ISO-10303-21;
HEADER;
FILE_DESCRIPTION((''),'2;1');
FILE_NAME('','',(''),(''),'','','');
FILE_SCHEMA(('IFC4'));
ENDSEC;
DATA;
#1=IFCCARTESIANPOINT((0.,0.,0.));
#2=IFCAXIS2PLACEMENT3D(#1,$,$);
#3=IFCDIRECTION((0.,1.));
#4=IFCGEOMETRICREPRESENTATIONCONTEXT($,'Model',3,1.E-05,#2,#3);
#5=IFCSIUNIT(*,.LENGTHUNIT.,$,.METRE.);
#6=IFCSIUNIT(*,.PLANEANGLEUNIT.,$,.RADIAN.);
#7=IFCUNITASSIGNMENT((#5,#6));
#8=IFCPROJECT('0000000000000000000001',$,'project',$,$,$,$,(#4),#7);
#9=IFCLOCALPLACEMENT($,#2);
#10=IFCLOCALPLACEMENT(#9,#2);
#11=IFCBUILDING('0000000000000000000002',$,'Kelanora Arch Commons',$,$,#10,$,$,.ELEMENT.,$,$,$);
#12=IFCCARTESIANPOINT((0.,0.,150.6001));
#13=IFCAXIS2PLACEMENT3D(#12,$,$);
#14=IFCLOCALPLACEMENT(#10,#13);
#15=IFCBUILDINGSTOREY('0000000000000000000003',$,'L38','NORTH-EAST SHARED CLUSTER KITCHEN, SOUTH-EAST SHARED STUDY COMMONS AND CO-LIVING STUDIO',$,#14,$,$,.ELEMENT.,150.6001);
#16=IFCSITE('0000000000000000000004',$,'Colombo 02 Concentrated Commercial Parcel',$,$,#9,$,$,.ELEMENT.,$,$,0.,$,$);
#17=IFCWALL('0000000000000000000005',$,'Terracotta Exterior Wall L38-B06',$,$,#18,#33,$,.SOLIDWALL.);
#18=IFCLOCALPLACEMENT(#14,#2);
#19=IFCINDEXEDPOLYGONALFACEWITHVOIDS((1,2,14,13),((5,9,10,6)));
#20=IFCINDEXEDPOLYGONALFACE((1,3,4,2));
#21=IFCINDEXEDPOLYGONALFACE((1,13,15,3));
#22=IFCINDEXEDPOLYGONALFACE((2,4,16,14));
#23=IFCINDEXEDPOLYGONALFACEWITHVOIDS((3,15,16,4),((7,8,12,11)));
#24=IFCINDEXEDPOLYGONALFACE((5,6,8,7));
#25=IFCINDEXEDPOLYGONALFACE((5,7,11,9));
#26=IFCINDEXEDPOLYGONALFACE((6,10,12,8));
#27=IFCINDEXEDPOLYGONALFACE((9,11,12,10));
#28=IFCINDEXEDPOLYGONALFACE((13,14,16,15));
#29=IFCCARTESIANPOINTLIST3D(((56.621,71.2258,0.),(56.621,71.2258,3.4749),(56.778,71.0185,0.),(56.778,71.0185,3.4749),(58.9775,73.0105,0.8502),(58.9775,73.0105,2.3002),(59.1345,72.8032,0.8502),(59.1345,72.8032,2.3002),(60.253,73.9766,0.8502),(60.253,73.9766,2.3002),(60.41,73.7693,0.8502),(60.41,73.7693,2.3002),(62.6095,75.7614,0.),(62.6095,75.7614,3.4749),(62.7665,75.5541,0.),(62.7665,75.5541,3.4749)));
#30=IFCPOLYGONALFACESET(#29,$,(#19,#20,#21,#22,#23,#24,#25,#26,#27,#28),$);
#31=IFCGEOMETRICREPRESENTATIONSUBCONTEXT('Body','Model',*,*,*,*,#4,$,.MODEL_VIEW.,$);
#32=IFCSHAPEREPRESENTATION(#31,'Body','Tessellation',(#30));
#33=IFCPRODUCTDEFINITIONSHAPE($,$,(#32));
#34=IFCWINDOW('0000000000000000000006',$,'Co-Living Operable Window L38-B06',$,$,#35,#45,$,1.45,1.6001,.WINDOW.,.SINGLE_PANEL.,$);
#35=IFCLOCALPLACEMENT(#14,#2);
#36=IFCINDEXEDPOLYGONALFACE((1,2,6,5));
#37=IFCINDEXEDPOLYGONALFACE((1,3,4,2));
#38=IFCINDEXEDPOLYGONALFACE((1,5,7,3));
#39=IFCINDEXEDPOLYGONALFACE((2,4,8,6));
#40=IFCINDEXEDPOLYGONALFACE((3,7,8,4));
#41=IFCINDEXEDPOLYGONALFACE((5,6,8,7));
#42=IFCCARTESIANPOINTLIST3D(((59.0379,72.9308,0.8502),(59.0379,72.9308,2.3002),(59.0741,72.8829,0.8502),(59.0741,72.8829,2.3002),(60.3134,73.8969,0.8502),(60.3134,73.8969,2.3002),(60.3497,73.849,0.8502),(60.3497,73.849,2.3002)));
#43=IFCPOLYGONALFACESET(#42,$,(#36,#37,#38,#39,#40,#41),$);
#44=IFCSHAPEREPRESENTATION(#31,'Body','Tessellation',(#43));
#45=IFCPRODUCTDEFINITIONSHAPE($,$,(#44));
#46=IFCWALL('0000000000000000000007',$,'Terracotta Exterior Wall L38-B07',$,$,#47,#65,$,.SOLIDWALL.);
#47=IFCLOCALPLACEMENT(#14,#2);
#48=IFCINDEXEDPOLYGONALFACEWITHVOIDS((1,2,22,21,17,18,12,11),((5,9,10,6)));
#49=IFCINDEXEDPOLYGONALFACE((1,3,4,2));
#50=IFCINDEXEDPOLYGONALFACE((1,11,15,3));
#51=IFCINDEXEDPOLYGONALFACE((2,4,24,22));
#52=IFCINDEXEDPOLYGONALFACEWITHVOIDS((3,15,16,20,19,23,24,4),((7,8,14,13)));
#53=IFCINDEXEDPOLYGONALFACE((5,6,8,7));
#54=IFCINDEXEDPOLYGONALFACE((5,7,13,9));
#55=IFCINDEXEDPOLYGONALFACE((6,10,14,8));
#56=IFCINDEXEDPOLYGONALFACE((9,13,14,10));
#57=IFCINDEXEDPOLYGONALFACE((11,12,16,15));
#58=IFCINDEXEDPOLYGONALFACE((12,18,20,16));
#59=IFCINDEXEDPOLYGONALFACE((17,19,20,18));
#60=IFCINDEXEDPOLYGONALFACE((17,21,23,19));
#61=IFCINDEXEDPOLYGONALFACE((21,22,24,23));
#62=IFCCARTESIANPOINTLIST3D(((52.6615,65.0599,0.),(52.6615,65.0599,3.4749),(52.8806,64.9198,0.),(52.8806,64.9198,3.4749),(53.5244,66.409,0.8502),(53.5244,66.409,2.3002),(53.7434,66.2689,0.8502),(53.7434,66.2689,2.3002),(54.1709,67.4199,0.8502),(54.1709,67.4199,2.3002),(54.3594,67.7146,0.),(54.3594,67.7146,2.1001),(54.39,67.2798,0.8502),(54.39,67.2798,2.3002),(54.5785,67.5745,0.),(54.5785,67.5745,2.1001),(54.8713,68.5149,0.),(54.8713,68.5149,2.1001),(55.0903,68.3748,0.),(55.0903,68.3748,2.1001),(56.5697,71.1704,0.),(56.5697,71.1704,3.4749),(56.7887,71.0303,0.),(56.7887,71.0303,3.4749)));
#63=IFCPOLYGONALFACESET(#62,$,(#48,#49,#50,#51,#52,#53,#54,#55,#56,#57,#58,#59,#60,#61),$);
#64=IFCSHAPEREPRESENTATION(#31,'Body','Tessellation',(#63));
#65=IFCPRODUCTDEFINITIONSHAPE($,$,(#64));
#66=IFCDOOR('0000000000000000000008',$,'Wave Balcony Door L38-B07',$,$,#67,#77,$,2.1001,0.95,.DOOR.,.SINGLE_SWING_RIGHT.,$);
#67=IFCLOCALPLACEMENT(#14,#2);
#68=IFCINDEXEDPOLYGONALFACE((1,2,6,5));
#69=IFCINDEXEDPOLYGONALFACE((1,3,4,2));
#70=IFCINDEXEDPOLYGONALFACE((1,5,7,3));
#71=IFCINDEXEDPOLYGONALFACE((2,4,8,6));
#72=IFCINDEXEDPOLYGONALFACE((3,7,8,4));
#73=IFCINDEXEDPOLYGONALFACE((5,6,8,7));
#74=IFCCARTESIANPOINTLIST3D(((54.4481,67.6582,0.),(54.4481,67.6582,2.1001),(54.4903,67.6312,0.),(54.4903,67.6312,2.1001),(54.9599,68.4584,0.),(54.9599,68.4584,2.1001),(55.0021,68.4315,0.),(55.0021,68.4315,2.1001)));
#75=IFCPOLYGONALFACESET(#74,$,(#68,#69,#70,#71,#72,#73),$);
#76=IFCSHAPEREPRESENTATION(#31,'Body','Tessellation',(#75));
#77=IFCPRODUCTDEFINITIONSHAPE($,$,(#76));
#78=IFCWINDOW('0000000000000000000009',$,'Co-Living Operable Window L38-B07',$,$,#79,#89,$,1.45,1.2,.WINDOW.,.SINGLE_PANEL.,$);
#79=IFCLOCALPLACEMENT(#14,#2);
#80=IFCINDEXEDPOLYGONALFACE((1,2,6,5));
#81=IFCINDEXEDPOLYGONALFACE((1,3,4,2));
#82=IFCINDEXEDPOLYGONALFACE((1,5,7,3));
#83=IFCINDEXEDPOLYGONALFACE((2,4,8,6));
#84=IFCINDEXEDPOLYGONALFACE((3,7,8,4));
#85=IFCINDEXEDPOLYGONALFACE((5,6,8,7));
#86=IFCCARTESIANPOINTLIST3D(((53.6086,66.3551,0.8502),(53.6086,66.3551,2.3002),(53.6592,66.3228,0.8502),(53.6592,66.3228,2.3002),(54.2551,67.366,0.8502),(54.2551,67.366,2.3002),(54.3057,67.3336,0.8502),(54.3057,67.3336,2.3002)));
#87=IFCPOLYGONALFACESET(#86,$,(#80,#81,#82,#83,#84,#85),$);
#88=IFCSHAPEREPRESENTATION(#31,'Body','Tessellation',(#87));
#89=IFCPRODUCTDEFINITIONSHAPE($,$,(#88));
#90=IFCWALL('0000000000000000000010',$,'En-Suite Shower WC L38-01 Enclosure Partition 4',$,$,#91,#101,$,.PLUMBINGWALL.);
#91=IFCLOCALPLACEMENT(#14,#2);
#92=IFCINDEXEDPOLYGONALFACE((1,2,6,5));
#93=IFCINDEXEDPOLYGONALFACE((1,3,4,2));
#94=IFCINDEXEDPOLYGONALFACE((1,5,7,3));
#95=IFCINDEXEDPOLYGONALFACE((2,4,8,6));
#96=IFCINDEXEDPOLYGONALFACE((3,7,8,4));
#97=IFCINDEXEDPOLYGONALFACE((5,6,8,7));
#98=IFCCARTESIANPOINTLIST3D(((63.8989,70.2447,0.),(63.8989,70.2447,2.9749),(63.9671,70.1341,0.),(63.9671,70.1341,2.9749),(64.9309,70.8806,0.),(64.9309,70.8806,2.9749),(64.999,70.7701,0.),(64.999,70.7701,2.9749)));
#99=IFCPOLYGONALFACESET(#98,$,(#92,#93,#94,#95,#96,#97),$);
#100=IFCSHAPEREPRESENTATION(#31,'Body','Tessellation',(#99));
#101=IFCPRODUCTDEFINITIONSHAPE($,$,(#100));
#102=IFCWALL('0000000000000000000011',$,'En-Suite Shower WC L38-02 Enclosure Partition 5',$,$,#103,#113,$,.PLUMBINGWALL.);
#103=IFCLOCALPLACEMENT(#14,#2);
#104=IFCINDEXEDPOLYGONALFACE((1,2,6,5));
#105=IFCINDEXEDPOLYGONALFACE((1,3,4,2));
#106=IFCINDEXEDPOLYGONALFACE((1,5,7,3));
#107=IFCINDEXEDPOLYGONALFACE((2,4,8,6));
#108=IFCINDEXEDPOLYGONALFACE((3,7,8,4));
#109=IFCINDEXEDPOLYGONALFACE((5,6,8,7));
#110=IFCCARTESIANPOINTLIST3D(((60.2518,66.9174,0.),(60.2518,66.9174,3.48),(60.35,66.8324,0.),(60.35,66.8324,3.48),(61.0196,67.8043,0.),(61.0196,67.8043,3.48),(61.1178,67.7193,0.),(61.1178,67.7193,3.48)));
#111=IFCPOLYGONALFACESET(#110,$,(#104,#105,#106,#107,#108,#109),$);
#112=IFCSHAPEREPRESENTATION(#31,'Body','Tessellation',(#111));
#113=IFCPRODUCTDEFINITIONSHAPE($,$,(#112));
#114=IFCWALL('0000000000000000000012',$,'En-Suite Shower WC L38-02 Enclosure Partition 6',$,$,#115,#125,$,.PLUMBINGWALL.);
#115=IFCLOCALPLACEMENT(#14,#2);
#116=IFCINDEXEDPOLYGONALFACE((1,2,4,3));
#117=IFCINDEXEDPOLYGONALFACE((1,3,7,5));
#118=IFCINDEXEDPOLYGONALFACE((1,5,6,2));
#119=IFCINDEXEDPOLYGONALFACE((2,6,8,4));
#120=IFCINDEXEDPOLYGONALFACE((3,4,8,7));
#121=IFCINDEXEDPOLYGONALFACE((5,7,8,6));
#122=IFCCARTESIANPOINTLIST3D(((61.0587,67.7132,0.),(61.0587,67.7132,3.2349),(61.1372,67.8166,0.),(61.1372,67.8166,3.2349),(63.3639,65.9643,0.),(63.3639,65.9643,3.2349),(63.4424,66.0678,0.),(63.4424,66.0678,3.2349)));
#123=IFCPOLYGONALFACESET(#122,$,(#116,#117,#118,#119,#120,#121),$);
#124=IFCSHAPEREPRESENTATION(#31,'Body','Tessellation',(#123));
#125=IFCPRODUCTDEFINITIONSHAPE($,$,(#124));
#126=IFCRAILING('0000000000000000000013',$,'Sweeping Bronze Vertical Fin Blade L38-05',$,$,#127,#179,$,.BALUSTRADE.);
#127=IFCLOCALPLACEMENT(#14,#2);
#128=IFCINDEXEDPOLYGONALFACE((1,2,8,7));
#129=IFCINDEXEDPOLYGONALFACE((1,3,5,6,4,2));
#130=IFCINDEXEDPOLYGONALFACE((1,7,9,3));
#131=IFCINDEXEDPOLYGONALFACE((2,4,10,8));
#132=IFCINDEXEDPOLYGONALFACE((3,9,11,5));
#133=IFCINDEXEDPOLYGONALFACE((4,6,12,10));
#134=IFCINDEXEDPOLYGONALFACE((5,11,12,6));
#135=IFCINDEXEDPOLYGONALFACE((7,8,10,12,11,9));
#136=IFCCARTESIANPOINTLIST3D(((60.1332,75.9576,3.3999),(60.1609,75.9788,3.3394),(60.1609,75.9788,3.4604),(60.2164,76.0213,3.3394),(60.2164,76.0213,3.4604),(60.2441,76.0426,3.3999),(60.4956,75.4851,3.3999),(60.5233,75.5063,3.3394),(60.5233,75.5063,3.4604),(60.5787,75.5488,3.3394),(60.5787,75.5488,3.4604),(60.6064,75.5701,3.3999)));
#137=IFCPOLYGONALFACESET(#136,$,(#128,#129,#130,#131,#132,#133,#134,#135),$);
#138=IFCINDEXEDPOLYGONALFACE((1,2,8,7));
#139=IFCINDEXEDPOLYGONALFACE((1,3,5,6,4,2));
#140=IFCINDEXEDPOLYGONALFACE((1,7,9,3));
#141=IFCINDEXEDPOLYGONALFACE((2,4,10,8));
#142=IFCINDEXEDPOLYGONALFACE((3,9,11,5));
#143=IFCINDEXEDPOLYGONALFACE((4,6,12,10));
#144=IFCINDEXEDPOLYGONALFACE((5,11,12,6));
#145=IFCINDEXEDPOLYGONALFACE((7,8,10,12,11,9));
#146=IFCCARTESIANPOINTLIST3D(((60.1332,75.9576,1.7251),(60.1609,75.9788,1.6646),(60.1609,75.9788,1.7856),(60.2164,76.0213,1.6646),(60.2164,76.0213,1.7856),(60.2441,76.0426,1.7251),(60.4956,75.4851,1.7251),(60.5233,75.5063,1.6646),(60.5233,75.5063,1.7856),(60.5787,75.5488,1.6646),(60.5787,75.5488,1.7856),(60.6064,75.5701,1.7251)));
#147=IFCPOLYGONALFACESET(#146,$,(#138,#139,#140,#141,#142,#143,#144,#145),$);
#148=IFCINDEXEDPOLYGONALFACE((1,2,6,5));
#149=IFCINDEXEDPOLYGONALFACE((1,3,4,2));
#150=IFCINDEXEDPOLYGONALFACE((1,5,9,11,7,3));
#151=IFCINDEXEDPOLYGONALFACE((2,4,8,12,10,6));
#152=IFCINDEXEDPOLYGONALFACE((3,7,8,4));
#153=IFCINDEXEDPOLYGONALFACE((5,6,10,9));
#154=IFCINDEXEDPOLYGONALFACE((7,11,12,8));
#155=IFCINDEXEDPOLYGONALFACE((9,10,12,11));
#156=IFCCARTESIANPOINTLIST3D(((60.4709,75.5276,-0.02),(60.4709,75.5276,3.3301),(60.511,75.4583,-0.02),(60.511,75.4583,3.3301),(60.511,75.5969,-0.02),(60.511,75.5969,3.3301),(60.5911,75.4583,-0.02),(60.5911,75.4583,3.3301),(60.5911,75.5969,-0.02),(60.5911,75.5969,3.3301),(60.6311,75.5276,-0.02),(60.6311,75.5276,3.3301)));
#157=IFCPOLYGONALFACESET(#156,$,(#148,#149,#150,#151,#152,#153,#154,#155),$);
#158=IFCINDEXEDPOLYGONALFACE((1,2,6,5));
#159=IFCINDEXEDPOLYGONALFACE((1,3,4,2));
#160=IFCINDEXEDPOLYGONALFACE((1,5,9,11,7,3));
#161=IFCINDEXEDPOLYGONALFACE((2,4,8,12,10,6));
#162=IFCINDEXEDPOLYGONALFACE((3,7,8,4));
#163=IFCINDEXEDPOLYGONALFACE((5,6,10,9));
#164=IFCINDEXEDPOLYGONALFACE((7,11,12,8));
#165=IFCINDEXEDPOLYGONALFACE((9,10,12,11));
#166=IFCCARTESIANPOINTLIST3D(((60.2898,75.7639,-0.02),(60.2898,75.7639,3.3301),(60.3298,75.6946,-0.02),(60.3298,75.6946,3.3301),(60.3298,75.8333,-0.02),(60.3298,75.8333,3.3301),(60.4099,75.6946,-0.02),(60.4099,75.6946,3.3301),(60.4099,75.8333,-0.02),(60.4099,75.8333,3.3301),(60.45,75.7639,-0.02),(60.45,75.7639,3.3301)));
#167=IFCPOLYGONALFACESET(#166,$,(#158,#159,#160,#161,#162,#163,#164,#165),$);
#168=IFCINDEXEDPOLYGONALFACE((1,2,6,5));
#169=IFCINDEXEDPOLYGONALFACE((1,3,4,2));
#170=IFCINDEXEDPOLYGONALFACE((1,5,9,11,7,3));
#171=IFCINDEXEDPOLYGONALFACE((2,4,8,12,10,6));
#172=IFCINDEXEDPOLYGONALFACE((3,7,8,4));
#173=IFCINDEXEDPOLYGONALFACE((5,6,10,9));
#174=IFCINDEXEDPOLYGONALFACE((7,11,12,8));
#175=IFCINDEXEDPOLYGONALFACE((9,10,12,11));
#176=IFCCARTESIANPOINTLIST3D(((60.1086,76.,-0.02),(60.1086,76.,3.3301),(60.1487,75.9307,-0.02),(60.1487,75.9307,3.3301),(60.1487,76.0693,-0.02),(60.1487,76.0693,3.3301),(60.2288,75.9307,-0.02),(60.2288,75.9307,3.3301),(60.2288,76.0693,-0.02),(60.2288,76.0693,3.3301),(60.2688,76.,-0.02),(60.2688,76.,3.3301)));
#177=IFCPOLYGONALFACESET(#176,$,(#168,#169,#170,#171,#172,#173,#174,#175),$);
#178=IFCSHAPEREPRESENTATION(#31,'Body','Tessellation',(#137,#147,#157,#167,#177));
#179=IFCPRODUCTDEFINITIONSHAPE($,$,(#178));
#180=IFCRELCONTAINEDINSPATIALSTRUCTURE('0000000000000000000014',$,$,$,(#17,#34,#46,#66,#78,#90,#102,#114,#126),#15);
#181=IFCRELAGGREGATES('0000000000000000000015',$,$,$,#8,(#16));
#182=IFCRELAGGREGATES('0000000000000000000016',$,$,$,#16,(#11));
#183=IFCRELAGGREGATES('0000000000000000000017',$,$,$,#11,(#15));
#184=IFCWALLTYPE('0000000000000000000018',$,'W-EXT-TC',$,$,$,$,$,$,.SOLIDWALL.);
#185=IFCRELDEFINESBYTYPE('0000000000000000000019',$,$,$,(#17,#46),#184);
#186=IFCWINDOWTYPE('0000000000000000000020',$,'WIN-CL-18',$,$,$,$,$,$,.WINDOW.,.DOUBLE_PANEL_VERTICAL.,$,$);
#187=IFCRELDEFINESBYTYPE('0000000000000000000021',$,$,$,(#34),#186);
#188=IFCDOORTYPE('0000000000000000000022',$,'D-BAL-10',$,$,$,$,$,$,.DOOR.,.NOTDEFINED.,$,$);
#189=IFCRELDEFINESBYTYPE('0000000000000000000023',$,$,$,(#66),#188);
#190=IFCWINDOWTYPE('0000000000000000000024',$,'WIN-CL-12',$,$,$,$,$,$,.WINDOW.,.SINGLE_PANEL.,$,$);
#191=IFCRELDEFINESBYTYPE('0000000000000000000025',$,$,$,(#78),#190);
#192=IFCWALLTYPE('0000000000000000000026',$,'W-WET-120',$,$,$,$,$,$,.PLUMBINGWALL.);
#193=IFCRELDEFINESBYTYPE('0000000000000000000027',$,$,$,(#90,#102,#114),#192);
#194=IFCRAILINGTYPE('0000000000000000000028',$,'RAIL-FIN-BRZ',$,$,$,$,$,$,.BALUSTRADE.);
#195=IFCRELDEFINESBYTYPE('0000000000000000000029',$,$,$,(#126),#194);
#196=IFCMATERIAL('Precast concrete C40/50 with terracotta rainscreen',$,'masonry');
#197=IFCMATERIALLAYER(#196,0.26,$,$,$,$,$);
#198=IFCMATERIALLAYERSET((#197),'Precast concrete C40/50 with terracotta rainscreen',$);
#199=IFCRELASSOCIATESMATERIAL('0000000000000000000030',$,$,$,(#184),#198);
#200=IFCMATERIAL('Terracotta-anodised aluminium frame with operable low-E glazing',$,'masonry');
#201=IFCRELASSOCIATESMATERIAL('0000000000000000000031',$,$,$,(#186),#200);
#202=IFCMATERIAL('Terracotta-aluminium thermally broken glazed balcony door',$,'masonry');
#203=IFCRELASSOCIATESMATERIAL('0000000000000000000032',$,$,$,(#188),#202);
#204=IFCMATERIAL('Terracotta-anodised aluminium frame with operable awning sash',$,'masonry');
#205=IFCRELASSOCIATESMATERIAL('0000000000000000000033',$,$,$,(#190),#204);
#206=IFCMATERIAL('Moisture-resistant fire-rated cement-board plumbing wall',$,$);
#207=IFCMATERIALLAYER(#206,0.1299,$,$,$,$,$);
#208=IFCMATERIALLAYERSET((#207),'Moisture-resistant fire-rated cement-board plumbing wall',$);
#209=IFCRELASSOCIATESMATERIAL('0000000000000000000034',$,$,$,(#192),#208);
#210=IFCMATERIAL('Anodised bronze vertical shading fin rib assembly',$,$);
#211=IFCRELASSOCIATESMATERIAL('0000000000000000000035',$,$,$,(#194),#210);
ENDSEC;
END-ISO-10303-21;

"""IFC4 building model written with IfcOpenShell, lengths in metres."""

from ifc_helpers import new_model, si_unit, direction, frame, frame_2d, origin, place, context, subcontext, project, spatial, polyline, rectangle, outline, extrude, material, layer, layer_set, type_object, element, fill, save


model = new_model("IFC4")

# Units and contexts
model_context = context("Model", 3, precision=1e-05, world=origin(), true_north=direction((0.0, 1.0)))
body_context = subcontext(model_context, "Body", "Model", "MODEL_VIEW")
ifc_project = project(units=[si_unit("LENGTHUNIT", "METRE"), si_unit("PLANEANGLEUNIT", "RADIAN")], contexts=[model_context])

# Site, building, storey
site_placement = place(None, origin())
site = spatial("IfcSite", under=ifc_project, at=site_placement, Name="Colombo 02 Concentrated Commercial Parcel", CompositionType="ELEMENT", RefElevation=0.0)
building_placement = place(site_placement, origin())
building = spatial("IfcBuilding", under=site, at=building_placement, Name="Kelanora Arch Commons", CompositionType="ELEMENT")
storey_placement = place(building_placement, frame((0.0, 0.0, 150.6001)))
storey = spatial("IfcBuildingStorey", under=building, at=storey_placement, Name="L38", Description="NORTH-EAST SHARED CLUSTER KITCHEN, SOUTH-EAST SHARED STUDY COMMONS AND CO-LIVING STUDIO", CompositionType="ELEMENT", Elevation=150.6001)

# Wall, opening, window
ifc_material_1 = material(Name="Precast concrete C40/50 with terracotta rainscreen", Category="masonry")
ifc_layer_1 = layer(ifc_material_1, 0.26)
ifc_layer_set_1 = layer_set([ifc_layer_1], Name="Precast concrete C40/50 with terracotta rainscreen")
wall_type_1 = type_object("IfcWallType", Name="W-EXT-TC", PredefinedType="SOLIDWALL", material=ifc_layer_set_1)
wall_1_placement = place(storey_placement, frame((62.688, 75.6577, 0.0), z_axis=(0.0, 0.0, 1.0), x_axis=(-0.797164, -0.603763, 0.0)))
wall_1 = element("IfcWall", 1, at=wall_1_placement, inside=storey, type_object=wall_type_1, Name="Terracotta Exterior Wall L38-B06", PredefinedType="SOLIDWALL", context=body_context, shape_type="SweptSolid", body=[
    extrude(rectangle(XDim=7.5122, YDim=0.26, at=frame_2d((3.7561, 0.0))), origin(), (0.0, 0.0, 1.0), 3.4749),
])
opening_1_placement = place(wall_1_placement, frame((2.9561, 0.0, 0.8501)))
opening_1 = element("IfcOpeningElement", 2, at=opening_1_placement, cuts=wall_1, PredefinedType="OPENING", context=body_context, shape_type="SweptSolid", body=[
    extrude(rectangle(XDim=1.6001, YDim=1.45, at=frame_2d((0.8, 0.7251))), frame((0.0, 0.1401, 0.0), z_axis=(0.0, -1.0, 0.0), x_axis=(1.0, 0.0, 0.0)), (0.0, 0.0, 1.0), 0.28),
])
ifc_material_2 = material(Name="Terracotta-anodised aluminium frame with operable low-E glazing", Category="masonry")
window_type_1 = type_object("IfcWindowType", Name="WIN-CL-18", PartitioningType="DOUBLE_PANEL_VERTICAL", PredefinedType="WINDOW", material=ifc_material_2)
window_1_placement = place(opening_1_placement, origin())
window_1 = element("IfcWindow", 3, at=window_1_placement, inside=storey, type_object=window_type_1, Name="Co-Living Operable Window L38-B06", OverallHeight=1.45, OverallWidth=1.6001, PartitioningType="SINGLE_PANEL", PredefinedType="WINDOW", context=body_context, shape_type="SweptSolid", body=[
    extrude(rectangle(XDim=1.6001, YDim=1.45, at=frame_2d((0.8, 0.7251))), frame((0.0, 0.03, 0.0), z_axis=(0.0, -1.0, 0.0), x_axis=(1.0, 0.0, 0.0)), (0.0, 0.0, 1.0), 0.0601),
])
fill(opening_1, window_1)

# Wall, openings, door, window
wall_2_placement = place(storey_placement, frame((56.6792, 71.1003, 0.0), z_axis=(0.0, 0.0, 1.0), x_axis=(-0.538802, -0.842433, 0.0)))
wall_2 = element("IfcWall", 4, at=wall_2_placement, inside=storey, type_object=wall_type_1, Name="Terracotta Exterior Wall L38-B07", PredefinedType="SOLIDWALL", context=body_context, shape_type="SweptSolid", body=[
    extrude(rectangle(XDim=7.2534, YDim=0.26, at=frame_2d((3.6267, 0.0))), origin(), (0.0, 0.0, 1.0), 3.4749),
])
opening_2_placement = place(wall_2_placement, frame((3.1521, 0.0, 0.0)))
opening_2 = element("IfcOpeningElement", 5, at=opening_2_placement, cuts=wall_2, PredefinedType="OPENING", context=body_context, shape_type="SweptSolid", body=[
    extrude(rectangle(XDim=0.95, YDim=2.1001, at=frame_2d((0.4751, 1.05))), frame((0.0, 0.1401, 0.0), z_axis=(0.0, -1.0, 0.0), x_axis=(1.0, 0.0, 0.0)), (0.0, 0.0, 1.0), 0.28),
])
opening_3_placement = place(wall_2_placement, frame((4.4519, 0.0, 0.8501)))
opening_3 = element("IfcOpeningElement", 6, at=opening_3_placement, cuts=wall_2, PredefinedType="OPENING", context=body_context, shape_type="SweptSolid", body=[
    extrude(rectangle(XDim=1.2, YDim=1.45, at=frame_2d((0.6001, 0.7251))), frame((0.0, 0.1401, 0.0), z_axis=(0.0, -1.0, 0.0), x_axis=(1.0, 0.0, 0.0)), (0.0, 0.0, 1.0), 0.28),
])
ifc_material_3 = material(Name="Terracotta-aluminium thermally broken glazed balcony door", Category="masonry")
door_type = type_object("IfcDoorType", Name="D-BAL-10", OperationType="NOTDEFINED", PredefinedType="DOOR", material=ifc_material_3)
door_placement = place(opening_2_placement, frame((0.95, 0.0, 0.0), z_axis=(0.0, 0.0, 1.0), x_axis=(-1.0, 0.0, 0.0)))
door = element("IfcDoor", 7, at=door_placement, inside=storey, type_object=door_type, Name="Wave Balcony Door L38-B07", OperationType="SINGLE_SWING_RIGHT", OverallHeight=2.1001, OverallWidth=0.95, PredefinedType="DOOR", context=body_context, shape_type="SweptSolid", body=[
    extrude(rectangle(XDim=0.95, YDim=2.1001, at=frame_2d((0.4751, 1.05))), frame((0.0, 0.0249, 0.0), z_axis=(0.0, -1.0, 0.0), x_axis=(1.0, 0.0, 0.0)), (0.0, 0.0, 1.0), 0.05),
])
fill(opening_2, door)
ifc_material_4 = material(Name="Terracotta-anodised aluminium frame with operable awning sash", Category="masonry")
window_type_2 = type_object("IfcWindowType", Name="WIN-CL-12", PartitioningType="SINGLE_PANEL", PredefinedType="WINDOW", material=ifc_material_4)
window_2_placement = place(opening_3_placement, origin())
window_2 = element("IfcWindow", 8, at=window_2_placement, inside=storey, type_object=window_type_2, Name="Co-Living Operable Window L38-B07", OverallHeight=1.45, OverallWidth=1.2, PartitioningType="SINGLE_PANEL", PredefinedType="WINDOW", context=body_context, shape_type="SweptSolid", body=[
    extrude(rectangle(XDim=1.2, YDim=1.45, at=frame_2d((0.6001, 0.7251))), frame((0.0, 0.03, 0.0), z_axis=(0.0, -1.0, 0.0), x_axis=(1.0, 0.0, 0.0)), (0.0, 0.0, 1.0), 0.0601),
])
fill(opening_3, window_2)

# Walls
ifc_material_5 = material(Name="Moisture-resistant fire-rated cement-board plumbing wall")
ifc_layer_2 = layer(ifc_material_5, 0.1299)
ifc_layer_set_2 = layer_set([ifc_layer_2], Name="Moisture-resistant fire-rated cement-board plumbing wall")
wall_type_2 = type_object("IfcWallType", Name="W-WET-120", PredefinedType="PLUMBINGWALL", material=ifc_layer_set_2)
wall_3_placement = place(storey_placement, frame((63.9331, 70.1895, 0.0), z_axis=(0.0, 0.0, 1.0), x_axis=(0.851319, 0.524648, 0.0)))
element("IfcWall", 9, at=wall_3_placement, inside=storey, type_object=wall_type_2, Name="En-Suite Shower WC L38-01 Enclosure Partition 4", PredefinedType="PLUMBINGWALL", context=body_context, shape_type="SweptSolid", body=[
    extrude(rectangle(XDim=1.2122, YDim=0.1299, at=frame_2d((0.606, 0.0))), origin(), (0.0, 0.0, 1.0), 2.9749),
])
wall_4_placement = place(storey_placement, frame((60.301, 66.875, 0.0), z_axis=(0.0, 0.0, 1.0), x_axis=(0.654503, 0.75606, 0.0)))
element("IfcWall", 10, at=wall_4_placement, inside=storey, type_object=wall_type_2, Name="En-Suite Shower WC L38-02 Enclosure Partition 5", PredefinedType="PLUMBINGWALL", context=body_context, shape_type="SweptSolid", body=[
    extrude(rectangle(XDim=1.1731, YDim=0.1299, at=frame_2d((0.5864, 0.0))), origin(), (0.0, 0.0, 1.0), 3.48),
])
wall_5_placement = place(storey_placement, frame((61.0979, 67.7649, 0.0), z_axis=(0.0, 0.0, 1.0), x_axis=(0.796687, -0.604392, 0.0)))
element("IfcWall", 11, at=wall_5_placement, inside=storey, type_object=wall_type_2, Name="En-Suite Shower WC L38-02 Enclosure Partition 6", PredefinedType="PLUMBINGWALL", context=body_context, shape_type="SweptSolid", body=[
    extrude(rectangle(XDim=2.8936, YDim=0.1299, at=frame_2d((1.4468, 0.0))), origin(), (0.0, 0.0, 1.0), 3.2349),
])

# Railing
ifc_material_6 = material(Name="Anodised bronze vertical shading fin rib assembly")
railing_type = type_object("IfcRailingType", Name="RAIL-FIN-BRZ", PredefinedType="BALUSTRADE", material=ifc_material_6)
railing_1_placement = place(storey_placement, frame((60.551, 75.5276, -0.02)))
element("IfcRailing", 12, at=railing_1_placement, inside=storey, type_object=railing_type, Name="Sweeping Bronze Vertical Fin Blade L38-05", PredefinedType="BALUSTRADE", context=body_context, shape_type="SweptSolid", body=[
    extrude(outline(polyline([(0.0698, 0.0), (0.0349, 0.0605), (-0.0349, 0.0605), (-0.0698, 0.0), (-0.0349, -0.0605), (0.0349, -0.0605), (0.0698, 0.0)])), frame((0.0, 0.0, 3.4199), z_axis=(-0.608561, 0.793507, 0.0), x_axis=(-0.793507, -0.608561, 0.0)), (0.0, 0.0, 1.0), 0.5955),
    extrude(outline(polyline([(0.0698, 0.0), (0.0349, 0.0605), (-0.0349, 0.0605), (-0.0698, 0.0), (-0.0349, -0.0605), (0.0349, -0.0605), (0.0698, 0.0)])), frame((0.0, 0.0, 1.7451), z_axis=(-0.608561, 0.793507, 0.0), x_axis=(-0.793507, -0.608561, 0.0)), (0.0, 0.0, 1.0), 0.5955),
    extrude(outline(polyline([(0.0801, 0.0), (0.04, 0.0693), (-0.04, 0.0693), (-0.0801, 0.0), (-0.04, -0.0693), (0.04, -0.0693), (0.0801, 0.0)])), origin(), (0.0, 0.0, 1.0), 3.3501),
    extrude(outline(polyline([(0.0801, 0.0), (0.04, 0.0693), (-0.04, 0.0693), (-0.0801, 0.0), (-0.04, -0.0693), (0.04, -0.0693), (0.0801, 0.0)])), frame((-0.1812, 0.2363, 0.0)), (0.0, 0.0, 1.0), 3.3501),
    extrude(outline(polyline([(0.0801, 0.0), (0.04, 0.0693), (-0.04, 0.0693), (-0.0801, 0.0), (-0.04, -0.0693), (0.04, -0.0693), (0.0801, 0.0)])), frame((-0.3623, 0.4724, 0.0)), (0.0, 0.0, 1.0), 3.3501),
])

save(model, "model.ifc")
